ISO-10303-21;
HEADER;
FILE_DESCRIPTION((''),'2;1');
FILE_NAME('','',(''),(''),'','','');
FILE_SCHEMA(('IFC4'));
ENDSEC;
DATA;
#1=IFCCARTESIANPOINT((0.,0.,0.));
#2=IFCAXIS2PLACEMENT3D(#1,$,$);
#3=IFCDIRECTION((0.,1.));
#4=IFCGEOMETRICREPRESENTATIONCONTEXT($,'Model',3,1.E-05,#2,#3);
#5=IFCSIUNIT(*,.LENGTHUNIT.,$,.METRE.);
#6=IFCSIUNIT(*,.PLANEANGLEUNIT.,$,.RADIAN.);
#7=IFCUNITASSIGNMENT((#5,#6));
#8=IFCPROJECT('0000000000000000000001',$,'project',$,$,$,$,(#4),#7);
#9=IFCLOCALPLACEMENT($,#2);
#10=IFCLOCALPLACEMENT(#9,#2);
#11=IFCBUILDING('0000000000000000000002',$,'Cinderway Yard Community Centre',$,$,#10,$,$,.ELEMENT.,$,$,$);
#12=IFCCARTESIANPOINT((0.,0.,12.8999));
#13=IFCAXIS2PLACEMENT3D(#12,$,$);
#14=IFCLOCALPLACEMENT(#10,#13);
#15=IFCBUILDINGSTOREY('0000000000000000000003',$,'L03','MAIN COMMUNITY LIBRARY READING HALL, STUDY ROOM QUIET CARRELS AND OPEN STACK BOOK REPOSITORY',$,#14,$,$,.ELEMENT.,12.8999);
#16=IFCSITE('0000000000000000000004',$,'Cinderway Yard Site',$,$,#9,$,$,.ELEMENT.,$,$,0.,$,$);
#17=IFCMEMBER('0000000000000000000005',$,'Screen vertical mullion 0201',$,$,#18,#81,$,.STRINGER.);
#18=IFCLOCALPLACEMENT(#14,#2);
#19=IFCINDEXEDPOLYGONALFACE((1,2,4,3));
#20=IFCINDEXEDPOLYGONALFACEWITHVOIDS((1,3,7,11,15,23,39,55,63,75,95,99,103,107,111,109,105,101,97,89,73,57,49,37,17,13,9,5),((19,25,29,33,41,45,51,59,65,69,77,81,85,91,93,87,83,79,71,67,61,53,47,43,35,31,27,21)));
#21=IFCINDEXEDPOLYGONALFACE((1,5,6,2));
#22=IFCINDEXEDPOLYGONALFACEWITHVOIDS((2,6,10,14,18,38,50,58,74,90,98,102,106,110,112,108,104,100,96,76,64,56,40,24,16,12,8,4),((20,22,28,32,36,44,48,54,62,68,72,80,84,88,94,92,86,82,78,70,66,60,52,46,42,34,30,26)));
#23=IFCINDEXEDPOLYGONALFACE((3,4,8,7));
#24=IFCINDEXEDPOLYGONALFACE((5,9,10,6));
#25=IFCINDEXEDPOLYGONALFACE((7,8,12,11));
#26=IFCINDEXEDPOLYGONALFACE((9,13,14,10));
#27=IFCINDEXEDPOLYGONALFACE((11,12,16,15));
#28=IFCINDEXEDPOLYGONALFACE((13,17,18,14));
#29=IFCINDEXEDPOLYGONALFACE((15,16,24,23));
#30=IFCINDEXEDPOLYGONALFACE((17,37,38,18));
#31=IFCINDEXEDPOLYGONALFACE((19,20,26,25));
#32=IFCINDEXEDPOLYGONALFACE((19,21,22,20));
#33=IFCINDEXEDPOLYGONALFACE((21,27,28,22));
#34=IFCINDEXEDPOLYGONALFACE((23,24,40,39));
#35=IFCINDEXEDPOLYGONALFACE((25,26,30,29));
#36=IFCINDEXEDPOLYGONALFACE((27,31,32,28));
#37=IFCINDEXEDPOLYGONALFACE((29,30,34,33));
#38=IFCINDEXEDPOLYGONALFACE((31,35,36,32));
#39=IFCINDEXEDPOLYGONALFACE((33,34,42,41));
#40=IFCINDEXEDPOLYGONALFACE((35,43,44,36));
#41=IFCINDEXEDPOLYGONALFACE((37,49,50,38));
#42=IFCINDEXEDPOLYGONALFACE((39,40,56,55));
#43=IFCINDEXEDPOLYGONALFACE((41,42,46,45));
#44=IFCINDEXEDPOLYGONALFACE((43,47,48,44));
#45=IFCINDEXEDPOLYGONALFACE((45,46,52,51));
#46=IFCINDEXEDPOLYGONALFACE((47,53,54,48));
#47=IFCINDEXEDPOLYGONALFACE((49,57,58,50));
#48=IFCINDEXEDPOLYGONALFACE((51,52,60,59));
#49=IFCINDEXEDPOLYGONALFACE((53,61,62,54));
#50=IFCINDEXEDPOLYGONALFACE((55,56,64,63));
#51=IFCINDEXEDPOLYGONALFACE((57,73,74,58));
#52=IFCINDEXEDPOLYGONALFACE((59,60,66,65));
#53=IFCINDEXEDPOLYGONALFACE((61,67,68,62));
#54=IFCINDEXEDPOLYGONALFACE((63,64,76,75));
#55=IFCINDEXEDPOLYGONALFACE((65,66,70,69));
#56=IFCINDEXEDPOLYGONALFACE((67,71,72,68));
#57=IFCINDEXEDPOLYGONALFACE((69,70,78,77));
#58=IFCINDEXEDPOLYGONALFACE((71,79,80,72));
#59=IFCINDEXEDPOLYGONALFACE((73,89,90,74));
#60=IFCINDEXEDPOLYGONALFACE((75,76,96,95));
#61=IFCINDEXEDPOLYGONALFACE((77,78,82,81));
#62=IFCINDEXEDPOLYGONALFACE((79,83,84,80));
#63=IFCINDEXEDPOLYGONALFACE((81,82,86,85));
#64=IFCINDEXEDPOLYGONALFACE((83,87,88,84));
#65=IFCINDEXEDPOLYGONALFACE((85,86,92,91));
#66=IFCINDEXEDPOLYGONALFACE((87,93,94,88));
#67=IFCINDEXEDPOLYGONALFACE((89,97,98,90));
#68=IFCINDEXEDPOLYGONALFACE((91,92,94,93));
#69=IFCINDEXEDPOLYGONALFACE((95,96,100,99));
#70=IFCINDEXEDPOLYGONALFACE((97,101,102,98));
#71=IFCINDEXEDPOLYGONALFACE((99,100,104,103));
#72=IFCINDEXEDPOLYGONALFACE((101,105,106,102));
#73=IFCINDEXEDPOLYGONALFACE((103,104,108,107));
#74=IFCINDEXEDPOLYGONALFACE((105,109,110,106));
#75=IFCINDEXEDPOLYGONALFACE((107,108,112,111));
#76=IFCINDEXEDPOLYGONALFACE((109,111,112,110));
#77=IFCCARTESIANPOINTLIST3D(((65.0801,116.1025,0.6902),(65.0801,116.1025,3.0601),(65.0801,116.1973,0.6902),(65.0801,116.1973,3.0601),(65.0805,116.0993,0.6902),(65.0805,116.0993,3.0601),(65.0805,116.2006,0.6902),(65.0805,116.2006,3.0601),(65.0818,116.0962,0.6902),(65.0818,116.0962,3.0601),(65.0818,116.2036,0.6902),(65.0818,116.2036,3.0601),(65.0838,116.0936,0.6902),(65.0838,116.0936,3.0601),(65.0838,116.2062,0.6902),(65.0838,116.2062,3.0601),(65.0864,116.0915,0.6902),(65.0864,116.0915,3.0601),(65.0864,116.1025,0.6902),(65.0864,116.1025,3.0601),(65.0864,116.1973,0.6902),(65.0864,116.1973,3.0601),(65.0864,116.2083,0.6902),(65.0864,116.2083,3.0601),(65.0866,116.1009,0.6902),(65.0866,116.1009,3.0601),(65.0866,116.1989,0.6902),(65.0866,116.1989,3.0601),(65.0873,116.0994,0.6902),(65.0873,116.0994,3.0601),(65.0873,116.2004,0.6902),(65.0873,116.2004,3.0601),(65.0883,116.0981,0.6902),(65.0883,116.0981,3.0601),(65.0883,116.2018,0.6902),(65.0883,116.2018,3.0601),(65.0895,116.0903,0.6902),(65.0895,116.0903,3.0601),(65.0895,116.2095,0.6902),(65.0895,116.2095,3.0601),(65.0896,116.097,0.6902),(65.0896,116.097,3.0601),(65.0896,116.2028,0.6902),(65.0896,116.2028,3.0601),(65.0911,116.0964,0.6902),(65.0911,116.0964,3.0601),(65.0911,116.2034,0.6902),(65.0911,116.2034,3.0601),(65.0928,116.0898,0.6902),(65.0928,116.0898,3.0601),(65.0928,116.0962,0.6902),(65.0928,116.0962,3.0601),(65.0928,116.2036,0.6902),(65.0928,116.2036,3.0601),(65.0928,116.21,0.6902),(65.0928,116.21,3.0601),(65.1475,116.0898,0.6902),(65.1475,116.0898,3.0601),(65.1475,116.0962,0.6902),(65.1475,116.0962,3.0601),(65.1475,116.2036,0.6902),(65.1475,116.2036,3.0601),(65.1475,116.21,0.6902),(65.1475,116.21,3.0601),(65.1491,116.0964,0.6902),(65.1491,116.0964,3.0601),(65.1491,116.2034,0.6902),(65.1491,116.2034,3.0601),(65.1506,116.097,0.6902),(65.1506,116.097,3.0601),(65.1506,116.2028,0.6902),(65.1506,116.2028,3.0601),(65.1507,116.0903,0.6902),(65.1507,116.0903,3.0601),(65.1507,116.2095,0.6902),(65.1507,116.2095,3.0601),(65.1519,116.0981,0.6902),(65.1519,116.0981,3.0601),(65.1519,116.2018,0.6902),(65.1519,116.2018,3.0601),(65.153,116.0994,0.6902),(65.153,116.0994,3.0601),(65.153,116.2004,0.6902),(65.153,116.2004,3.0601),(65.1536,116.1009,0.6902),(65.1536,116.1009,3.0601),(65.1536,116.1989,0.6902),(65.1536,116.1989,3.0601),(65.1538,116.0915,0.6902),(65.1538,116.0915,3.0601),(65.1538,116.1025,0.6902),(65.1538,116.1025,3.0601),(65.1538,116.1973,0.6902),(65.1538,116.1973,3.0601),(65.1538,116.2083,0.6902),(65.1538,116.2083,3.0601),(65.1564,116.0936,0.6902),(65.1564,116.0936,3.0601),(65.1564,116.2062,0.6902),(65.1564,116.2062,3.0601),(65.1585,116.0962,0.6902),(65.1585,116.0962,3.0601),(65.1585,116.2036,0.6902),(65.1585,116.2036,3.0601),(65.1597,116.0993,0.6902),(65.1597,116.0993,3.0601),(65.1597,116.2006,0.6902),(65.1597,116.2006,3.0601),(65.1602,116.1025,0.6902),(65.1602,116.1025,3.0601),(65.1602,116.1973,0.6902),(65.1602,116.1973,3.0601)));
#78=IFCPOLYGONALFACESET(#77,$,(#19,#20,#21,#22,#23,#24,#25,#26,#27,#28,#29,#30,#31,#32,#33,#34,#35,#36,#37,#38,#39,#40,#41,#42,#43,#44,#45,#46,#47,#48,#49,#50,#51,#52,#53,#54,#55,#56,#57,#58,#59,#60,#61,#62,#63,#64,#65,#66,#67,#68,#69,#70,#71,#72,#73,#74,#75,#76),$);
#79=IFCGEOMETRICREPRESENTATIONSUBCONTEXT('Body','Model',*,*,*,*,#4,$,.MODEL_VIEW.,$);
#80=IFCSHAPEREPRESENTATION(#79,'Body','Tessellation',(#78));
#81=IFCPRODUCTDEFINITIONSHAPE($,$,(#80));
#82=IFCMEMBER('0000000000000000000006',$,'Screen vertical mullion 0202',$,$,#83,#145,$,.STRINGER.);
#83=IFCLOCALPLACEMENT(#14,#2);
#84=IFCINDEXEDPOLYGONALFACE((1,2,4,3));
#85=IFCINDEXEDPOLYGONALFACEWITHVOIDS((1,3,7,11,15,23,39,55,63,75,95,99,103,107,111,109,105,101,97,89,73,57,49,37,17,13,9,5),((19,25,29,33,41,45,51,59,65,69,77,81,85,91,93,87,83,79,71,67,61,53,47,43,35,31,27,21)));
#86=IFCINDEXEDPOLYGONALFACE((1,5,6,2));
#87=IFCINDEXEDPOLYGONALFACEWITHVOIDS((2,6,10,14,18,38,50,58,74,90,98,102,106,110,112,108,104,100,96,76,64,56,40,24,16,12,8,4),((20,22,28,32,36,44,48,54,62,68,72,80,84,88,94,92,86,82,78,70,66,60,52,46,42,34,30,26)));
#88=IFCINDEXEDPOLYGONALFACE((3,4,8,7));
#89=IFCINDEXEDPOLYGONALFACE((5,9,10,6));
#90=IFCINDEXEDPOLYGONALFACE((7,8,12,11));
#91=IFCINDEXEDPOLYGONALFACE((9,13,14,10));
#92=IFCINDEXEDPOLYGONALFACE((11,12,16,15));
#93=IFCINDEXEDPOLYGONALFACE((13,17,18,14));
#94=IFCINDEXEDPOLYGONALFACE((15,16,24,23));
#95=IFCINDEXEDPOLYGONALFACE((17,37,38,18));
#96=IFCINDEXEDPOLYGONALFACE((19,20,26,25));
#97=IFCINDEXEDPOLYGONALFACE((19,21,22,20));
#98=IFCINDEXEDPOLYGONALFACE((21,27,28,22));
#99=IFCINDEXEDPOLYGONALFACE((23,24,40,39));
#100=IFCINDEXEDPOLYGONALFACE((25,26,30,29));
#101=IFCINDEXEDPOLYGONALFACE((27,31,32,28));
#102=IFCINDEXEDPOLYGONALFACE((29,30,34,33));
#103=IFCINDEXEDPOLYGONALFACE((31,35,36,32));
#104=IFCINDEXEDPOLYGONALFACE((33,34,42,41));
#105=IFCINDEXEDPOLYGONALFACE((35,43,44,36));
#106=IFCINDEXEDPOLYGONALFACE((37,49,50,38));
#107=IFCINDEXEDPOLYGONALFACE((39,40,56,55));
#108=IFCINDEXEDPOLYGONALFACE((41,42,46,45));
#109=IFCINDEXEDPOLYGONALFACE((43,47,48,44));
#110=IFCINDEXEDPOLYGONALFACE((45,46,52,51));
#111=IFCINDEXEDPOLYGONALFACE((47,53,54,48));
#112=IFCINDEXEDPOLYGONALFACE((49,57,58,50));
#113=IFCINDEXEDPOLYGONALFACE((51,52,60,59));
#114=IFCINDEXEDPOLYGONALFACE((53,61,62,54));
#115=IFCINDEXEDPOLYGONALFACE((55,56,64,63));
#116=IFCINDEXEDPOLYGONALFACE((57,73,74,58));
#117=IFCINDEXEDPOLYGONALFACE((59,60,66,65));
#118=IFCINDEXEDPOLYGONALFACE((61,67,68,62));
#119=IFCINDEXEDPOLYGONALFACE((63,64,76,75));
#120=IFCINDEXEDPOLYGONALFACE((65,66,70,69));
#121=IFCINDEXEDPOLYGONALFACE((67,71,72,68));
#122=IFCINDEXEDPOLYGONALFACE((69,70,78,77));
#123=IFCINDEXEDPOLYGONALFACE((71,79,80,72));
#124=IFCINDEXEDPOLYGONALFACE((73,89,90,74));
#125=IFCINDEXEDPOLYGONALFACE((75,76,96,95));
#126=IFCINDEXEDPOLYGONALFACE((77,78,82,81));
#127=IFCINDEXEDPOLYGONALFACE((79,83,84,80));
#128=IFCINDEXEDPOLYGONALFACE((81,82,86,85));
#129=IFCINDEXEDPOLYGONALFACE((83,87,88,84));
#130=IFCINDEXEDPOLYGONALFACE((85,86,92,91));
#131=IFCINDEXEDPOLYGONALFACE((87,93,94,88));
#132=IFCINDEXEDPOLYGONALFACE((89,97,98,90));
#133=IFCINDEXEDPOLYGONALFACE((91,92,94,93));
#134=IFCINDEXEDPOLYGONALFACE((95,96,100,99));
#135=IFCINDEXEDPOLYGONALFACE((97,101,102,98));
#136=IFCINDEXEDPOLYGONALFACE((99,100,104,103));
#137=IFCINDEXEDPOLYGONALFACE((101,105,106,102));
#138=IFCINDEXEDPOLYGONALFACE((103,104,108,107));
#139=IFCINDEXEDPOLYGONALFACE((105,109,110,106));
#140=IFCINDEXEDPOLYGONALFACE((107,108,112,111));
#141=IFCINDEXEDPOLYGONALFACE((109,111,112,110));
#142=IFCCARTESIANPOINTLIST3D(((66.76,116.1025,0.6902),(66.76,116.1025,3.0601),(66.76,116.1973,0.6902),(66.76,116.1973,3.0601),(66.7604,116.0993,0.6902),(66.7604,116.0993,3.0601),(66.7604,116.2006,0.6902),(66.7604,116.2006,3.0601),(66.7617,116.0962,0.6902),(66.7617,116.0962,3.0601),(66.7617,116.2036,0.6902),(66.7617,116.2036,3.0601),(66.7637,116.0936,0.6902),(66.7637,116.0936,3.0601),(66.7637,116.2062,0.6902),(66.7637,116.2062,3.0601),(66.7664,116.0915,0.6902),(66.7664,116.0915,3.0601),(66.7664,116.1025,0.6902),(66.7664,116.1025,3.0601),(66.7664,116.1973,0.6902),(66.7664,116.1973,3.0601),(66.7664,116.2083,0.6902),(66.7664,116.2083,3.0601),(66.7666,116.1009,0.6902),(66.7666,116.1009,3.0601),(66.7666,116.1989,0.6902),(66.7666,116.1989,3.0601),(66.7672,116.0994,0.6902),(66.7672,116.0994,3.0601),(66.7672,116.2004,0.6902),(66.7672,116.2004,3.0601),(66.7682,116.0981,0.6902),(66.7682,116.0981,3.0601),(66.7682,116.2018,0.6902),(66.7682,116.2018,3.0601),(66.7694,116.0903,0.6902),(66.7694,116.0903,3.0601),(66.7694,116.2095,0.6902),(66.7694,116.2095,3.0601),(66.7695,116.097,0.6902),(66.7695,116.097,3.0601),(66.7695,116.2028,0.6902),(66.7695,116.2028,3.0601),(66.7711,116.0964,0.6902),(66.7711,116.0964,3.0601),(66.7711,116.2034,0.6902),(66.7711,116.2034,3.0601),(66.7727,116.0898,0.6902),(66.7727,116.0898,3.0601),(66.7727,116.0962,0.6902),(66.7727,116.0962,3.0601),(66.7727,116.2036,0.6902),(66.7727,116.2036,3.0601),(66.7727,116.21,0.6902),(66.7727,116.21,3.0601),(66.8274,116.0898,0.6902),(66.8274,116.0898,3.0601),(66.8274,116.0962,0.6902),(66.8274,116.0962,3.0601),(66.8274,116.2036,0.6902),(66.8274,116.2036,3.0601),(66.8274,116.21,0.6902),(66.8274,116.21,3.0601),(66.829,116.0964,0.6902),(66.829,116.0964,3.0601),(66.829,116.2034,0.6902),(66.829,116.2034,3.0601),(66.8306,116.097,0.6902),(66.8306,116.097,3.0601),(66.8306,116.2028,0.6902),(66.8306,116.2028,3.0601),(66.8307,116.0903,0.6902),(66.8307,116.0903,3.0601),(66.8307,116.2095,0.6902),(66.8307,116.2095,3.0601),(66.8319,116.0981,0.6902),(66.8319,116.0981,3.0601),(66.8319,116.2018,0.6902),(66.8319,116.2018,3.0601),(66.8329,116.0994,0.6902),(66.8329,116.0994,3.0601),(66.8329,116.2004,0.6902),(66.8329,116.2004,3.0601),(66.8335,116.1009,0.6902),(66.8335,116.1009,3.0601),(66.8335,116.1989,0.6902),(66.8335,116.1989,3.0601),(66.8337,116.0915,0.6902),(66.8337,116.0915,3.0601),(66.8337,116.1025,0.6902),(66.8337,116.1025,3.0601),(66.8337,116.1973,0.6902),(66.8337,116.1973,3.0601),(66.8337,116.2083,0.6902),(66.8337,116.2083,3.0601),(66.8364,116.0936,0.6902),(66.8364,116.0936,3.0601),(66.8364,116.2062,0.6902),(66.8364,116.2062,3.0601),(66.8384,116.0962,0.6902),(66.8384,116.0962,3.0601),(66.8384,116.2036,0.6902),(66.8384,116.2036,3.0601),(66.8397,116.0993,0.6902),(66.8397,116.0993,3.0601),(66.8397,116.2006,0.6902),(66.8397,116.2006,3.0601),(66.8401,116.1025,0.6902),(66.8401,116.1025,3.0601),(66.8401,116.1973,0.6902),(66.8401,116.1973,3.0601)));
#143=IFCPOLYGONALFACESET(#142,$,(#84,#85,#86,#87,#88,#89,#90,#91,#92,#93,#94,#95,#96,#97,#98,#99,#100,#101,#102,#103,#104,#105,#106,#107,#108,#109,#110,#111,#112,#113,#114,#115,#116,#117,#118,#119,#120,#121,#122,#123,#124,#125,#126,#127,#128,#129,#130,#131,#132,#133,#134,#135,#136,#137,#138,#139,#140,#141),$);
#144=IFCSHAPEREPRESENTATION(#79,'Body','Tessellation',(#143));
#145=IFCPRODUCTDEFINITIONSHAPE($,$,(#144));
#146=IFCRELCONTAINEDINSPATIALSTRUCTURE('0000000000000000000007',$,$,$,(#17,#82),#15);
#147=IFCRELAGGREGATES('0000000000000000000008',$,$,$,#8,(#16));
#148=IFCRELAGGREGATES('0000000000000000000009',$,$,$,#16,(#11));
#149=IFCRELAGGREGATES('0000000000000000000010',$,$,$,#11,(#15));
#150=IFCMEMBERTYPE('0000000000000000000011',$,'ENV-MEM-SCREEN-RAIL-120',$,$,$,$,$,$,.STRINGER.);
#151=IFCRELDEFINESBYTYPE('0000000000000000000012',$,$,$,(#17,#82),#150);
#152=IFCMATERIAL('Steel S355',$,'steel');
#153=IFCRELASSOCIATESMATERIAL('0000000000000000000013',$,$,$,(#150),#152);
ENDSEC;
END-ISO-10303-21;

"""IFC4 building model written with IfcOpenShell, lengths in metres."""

from ifc_helpers import new_model, si_unit, direction, frame, origin, origin_2d, place, context, subcontext, project, spatial, hollow_rectangle, extrude, material, material_profile, profile_set, type_object, element, save


model = new_model("IFC4")

# Units and contexts
model_context = context("Model", 3, precision=1e-05, world=origin(), true_north=direction((0.0, 1.0)))
body_context = subcontext(model_context, "Body", "Model", "MODEL_VIEW")
ifc_project = project(units=[si_unit("LENGTHUNIT", "METRE"), si_unit("PLANEANGLEUNIT", "RADIAN")], contexts=[model_context])

# Site, building, storey
site_placement = place(None, origin())
site = spatial("IfcSite", under=ifc_project, at=site_placement, Name="Cinderway Yard Site", CompositionType="ELEMENT", RefElevation=0.0)
building_placement = place(site_placement, origin())
building = spatial("IfcBuilding", under=site, at=building_placement, Name="Cinderway Yard Community Centre", CompositionType="ELEMENT")
storey_placement = place(building_placement, frame((0.0, 0.0, 12.8999)))
storey = spatial("IfcBuildingStorey", under=building, at=storey_placement, Name="L03", Description="MAIN COMMUNITY LIBRARY READING HALL, STUDY ROOM QUIET CARRELS AND OPEN STACK BOOK REPOSITORY", CompositionType="ELEMENT", Elevation=12.8999)

# Members
ifc_material_1 = material(Name="Steel S355", Category="steel")
ifc_material_profile = material_profile(ifc_material_1, hollow_rectangle(XDim=0.0801, YDim=0.1201, WallThickness=0.0063, InnerFilletRadius=0.0063, OuterFilletRadius=0.0127, at=origin_2d()), Name="Steel S355")
ifc_profile_set = profile_set([ifc_material_profile], Name="Steel S355")
member_type = type_object("IfcMemberType", Name="ENV-MEM-SCREEN-RAIL-120", PredefinedType="STRINGER", material=ifc_profile_set)
for number, where, z_axis, x_axis, name in (
    (1, (65.1201, 116.1499, 0.6902), (0.0, 0.0, 1.0), (1.0, 0.0, 0.0), "Screen vertical mullion 0201"),
    (2, (66.8, 116.1499, 0.6902), (0.0, 0.0, 1.0), (1.0, 0.0, 0.0), "Screen vertical mullion 0202"),
):
    element("IfcMember", number, at=place(storey_placement, frame(where, z_axis=z_axis, x_axis=x_axis)), inside=storey, type_object=member_type, Name=name, PredefinedType="STRINGER", context=body_context, shape_type="SweptSolid", body=[
        extrude(hollow_rectangle(XDim=0.0801, YDim=0.1201, WallThickness=0.0063, InnerFilletRadius=0.0063, OuterFilletRadius=0.0127, at=origin_2d()), origin(), (0.0, 0.0, 1.0), 2.3699),
    ])

save(model, "model.ifc")
